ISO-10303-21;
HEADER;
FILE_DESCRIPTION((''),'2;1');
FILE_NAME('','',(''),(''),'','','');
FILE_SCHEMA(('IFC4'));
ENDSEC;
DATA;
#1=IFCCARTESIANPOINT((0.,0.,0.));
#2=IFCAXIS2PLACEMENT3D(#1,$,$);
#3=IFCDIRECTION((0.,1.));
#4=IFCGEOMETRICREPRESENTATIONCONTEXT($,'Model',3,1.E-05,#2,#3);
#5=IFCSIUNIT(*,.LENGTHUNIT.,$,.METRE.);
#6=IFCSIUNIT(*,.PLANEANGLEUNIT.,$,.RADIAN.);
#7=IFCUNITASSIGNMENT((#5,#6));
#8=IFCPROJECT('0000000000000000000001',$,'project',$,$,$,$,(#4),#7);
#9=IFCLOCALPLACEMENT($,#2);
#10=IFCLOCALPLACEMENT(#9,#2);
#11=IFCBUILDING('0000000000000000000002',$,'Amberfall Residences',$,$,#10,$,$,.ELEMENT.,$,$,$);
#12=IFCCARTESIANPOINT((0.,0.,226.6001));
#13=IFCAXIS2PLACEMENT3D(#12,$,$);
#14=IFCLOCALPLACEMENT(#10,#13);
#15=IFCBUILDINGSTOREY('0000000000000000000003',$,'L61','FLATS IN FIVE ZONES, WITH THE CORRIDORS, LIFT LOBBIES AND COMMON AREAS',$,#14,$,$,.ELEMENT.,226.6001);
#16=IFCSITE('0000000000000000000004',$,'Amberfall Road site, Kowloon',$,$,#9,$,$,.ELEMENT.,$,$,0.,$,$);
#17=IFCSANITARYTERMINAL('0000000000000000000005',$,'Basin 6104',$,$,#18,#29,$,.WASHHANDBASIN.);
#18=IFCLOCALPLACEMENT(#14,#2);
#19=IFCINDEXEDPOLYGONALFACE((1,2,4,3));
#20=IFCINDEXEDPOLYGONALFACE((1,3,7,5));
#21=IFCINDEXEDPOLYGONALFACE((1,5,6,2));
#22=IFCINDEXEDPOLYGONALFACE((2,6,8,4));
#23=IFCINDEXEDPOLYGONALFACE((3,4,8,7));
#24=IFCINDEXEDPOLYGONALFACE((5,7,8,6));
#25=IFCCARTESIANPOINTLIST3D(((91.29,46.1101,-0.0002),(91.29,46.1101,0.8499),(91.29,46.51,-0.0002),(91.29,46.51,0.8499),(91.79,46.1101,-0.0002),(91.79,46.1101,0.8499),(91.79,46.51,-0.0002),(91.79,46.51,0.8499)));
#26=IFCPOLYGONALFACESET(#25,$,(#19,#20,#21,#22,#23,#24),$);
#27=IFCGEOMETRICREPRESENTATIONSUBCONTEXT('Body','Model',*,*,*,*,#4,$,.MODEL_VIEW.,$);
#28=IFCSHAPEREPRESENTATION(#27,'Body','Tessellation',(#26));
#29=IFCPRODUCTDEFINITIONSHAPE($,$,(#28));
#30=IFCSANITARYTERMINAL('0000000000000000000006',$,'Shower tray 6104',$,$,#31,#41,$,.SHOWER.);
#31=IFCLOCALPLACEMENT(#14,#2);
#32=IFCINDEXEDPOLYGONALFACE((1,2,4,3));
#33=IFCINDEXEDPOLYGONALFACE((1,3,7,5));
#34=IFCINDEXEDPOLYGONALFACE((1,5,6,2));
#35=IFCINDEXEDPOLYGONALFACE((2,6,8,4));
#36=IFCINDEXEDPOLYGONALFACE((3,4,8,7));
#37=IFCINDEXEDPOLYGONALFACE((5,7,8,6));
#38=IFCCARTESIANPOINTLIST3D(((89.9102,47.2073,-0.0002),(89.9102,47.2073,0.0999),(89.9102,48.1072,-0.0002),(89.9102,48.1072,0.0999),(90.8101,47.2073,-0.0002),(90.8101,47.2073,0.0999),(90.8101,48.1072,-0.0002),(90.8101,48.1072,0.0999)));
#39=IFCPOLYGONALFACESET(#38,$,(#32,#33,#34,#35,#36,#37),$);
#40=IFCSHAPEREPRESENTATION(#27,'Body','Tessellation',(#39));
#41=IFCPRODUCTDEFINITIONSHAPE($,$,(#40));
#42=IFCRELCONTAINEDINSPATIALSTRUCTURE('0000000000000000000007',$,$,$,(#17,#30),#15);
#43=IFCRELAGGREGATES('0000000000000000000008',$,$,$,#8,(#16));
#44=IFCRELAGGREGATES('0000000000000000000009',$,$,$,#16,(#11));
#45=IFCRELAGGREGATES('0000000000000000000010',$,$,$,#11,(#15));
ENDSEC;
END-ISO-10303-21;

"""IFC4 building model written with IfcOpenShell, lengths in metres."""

from ifc_helpers import new_model, si_unit, direction, frame, origin, origin_2d, place, context, subcontext, project, spatial, rectangle, extrude, element, save


model = new_model("IFC4")

# Units and contexts
model_context = context("Model", 3, precision=1e-05, world=origin(), true_north=direction((0.0, 1.0)))
body_context = subcontext(model_context, "Body", "Model", "MODEL_VIEW")
ifc_project = project(units=[si_unit("LENGTHUNIT", "METRE"), si_unit("PLANEANGLEUNIT", "RADIAN")], contexts=[model_context])

# Site, building, storey
site_placement = place(None, origin())
site = spatial("IfcSite", under=ifc_project, at=site_placement, Name="Amberfall Road site, Kowloon", CompositionType="ELEMENT", RefElevation=0.0)
building_placement = place(site_placement, origin())
building = spatial("IfcBuilding", under=site, at=building_placement, Name="Amberfall Residences", CompositionType="ELEMENT")
storey_placement = place(building_placement, frame((0.0, 0.0, 226.6001)))
storey = spatial("IfcBuildingStorey", under=building, at=storey_placement, Name="L61", Description="FLATS IN FIVE ZONES, WITH THE CORRIDORS, LIFT LOBBIES AND COMMON AREAS", CompositionType="ELEMENT", Elevation=226.6001)

# Sanitary terminals
sanitary_terminal_1_placement = place(storey_placement, frame((91.54, 46.3101, -0.0002), z_axis=(0.0, 0.0, 1.0), x_axis=(1.0, 0.0, 0.0)))
element("IfcSanitaryTerminal", 1, at=sanitary_terminal_1_placement, inside=storey, Name="Basin 6104", PredefinedType="WASHHANDBASIN", context=body_context, shape_type="SweptSolid", body=[
    extrude(rectangle(XDim=0.5, YDim=0.3999, at=origin_2d()), origin(), (0.0, 0.0, 1.0), 0.8501),
])
sanitary_terminal_2_placement = place(storey_placement, frame((90.3601, 47.6572, -0.0002), z_axis=(0.0, 0.0, 1.0), x_axis=(1.0, 0.0, 0.0)))
element("IfcSanitaryTerminal", 2, at=sanitary_terminal_2_placement, inside=storey, Name="Shower tray 6104", PredefinedType="SHOWER", context=body_context, shape_type="SweptSolid", body=[
    extrude(rectangle(XDim=0.8999, YDim=0.8999, at=origin_2d()), origin(), (0.0, 0.0, 1.0), 0.1001),
])

save(model, "model.ifc")
